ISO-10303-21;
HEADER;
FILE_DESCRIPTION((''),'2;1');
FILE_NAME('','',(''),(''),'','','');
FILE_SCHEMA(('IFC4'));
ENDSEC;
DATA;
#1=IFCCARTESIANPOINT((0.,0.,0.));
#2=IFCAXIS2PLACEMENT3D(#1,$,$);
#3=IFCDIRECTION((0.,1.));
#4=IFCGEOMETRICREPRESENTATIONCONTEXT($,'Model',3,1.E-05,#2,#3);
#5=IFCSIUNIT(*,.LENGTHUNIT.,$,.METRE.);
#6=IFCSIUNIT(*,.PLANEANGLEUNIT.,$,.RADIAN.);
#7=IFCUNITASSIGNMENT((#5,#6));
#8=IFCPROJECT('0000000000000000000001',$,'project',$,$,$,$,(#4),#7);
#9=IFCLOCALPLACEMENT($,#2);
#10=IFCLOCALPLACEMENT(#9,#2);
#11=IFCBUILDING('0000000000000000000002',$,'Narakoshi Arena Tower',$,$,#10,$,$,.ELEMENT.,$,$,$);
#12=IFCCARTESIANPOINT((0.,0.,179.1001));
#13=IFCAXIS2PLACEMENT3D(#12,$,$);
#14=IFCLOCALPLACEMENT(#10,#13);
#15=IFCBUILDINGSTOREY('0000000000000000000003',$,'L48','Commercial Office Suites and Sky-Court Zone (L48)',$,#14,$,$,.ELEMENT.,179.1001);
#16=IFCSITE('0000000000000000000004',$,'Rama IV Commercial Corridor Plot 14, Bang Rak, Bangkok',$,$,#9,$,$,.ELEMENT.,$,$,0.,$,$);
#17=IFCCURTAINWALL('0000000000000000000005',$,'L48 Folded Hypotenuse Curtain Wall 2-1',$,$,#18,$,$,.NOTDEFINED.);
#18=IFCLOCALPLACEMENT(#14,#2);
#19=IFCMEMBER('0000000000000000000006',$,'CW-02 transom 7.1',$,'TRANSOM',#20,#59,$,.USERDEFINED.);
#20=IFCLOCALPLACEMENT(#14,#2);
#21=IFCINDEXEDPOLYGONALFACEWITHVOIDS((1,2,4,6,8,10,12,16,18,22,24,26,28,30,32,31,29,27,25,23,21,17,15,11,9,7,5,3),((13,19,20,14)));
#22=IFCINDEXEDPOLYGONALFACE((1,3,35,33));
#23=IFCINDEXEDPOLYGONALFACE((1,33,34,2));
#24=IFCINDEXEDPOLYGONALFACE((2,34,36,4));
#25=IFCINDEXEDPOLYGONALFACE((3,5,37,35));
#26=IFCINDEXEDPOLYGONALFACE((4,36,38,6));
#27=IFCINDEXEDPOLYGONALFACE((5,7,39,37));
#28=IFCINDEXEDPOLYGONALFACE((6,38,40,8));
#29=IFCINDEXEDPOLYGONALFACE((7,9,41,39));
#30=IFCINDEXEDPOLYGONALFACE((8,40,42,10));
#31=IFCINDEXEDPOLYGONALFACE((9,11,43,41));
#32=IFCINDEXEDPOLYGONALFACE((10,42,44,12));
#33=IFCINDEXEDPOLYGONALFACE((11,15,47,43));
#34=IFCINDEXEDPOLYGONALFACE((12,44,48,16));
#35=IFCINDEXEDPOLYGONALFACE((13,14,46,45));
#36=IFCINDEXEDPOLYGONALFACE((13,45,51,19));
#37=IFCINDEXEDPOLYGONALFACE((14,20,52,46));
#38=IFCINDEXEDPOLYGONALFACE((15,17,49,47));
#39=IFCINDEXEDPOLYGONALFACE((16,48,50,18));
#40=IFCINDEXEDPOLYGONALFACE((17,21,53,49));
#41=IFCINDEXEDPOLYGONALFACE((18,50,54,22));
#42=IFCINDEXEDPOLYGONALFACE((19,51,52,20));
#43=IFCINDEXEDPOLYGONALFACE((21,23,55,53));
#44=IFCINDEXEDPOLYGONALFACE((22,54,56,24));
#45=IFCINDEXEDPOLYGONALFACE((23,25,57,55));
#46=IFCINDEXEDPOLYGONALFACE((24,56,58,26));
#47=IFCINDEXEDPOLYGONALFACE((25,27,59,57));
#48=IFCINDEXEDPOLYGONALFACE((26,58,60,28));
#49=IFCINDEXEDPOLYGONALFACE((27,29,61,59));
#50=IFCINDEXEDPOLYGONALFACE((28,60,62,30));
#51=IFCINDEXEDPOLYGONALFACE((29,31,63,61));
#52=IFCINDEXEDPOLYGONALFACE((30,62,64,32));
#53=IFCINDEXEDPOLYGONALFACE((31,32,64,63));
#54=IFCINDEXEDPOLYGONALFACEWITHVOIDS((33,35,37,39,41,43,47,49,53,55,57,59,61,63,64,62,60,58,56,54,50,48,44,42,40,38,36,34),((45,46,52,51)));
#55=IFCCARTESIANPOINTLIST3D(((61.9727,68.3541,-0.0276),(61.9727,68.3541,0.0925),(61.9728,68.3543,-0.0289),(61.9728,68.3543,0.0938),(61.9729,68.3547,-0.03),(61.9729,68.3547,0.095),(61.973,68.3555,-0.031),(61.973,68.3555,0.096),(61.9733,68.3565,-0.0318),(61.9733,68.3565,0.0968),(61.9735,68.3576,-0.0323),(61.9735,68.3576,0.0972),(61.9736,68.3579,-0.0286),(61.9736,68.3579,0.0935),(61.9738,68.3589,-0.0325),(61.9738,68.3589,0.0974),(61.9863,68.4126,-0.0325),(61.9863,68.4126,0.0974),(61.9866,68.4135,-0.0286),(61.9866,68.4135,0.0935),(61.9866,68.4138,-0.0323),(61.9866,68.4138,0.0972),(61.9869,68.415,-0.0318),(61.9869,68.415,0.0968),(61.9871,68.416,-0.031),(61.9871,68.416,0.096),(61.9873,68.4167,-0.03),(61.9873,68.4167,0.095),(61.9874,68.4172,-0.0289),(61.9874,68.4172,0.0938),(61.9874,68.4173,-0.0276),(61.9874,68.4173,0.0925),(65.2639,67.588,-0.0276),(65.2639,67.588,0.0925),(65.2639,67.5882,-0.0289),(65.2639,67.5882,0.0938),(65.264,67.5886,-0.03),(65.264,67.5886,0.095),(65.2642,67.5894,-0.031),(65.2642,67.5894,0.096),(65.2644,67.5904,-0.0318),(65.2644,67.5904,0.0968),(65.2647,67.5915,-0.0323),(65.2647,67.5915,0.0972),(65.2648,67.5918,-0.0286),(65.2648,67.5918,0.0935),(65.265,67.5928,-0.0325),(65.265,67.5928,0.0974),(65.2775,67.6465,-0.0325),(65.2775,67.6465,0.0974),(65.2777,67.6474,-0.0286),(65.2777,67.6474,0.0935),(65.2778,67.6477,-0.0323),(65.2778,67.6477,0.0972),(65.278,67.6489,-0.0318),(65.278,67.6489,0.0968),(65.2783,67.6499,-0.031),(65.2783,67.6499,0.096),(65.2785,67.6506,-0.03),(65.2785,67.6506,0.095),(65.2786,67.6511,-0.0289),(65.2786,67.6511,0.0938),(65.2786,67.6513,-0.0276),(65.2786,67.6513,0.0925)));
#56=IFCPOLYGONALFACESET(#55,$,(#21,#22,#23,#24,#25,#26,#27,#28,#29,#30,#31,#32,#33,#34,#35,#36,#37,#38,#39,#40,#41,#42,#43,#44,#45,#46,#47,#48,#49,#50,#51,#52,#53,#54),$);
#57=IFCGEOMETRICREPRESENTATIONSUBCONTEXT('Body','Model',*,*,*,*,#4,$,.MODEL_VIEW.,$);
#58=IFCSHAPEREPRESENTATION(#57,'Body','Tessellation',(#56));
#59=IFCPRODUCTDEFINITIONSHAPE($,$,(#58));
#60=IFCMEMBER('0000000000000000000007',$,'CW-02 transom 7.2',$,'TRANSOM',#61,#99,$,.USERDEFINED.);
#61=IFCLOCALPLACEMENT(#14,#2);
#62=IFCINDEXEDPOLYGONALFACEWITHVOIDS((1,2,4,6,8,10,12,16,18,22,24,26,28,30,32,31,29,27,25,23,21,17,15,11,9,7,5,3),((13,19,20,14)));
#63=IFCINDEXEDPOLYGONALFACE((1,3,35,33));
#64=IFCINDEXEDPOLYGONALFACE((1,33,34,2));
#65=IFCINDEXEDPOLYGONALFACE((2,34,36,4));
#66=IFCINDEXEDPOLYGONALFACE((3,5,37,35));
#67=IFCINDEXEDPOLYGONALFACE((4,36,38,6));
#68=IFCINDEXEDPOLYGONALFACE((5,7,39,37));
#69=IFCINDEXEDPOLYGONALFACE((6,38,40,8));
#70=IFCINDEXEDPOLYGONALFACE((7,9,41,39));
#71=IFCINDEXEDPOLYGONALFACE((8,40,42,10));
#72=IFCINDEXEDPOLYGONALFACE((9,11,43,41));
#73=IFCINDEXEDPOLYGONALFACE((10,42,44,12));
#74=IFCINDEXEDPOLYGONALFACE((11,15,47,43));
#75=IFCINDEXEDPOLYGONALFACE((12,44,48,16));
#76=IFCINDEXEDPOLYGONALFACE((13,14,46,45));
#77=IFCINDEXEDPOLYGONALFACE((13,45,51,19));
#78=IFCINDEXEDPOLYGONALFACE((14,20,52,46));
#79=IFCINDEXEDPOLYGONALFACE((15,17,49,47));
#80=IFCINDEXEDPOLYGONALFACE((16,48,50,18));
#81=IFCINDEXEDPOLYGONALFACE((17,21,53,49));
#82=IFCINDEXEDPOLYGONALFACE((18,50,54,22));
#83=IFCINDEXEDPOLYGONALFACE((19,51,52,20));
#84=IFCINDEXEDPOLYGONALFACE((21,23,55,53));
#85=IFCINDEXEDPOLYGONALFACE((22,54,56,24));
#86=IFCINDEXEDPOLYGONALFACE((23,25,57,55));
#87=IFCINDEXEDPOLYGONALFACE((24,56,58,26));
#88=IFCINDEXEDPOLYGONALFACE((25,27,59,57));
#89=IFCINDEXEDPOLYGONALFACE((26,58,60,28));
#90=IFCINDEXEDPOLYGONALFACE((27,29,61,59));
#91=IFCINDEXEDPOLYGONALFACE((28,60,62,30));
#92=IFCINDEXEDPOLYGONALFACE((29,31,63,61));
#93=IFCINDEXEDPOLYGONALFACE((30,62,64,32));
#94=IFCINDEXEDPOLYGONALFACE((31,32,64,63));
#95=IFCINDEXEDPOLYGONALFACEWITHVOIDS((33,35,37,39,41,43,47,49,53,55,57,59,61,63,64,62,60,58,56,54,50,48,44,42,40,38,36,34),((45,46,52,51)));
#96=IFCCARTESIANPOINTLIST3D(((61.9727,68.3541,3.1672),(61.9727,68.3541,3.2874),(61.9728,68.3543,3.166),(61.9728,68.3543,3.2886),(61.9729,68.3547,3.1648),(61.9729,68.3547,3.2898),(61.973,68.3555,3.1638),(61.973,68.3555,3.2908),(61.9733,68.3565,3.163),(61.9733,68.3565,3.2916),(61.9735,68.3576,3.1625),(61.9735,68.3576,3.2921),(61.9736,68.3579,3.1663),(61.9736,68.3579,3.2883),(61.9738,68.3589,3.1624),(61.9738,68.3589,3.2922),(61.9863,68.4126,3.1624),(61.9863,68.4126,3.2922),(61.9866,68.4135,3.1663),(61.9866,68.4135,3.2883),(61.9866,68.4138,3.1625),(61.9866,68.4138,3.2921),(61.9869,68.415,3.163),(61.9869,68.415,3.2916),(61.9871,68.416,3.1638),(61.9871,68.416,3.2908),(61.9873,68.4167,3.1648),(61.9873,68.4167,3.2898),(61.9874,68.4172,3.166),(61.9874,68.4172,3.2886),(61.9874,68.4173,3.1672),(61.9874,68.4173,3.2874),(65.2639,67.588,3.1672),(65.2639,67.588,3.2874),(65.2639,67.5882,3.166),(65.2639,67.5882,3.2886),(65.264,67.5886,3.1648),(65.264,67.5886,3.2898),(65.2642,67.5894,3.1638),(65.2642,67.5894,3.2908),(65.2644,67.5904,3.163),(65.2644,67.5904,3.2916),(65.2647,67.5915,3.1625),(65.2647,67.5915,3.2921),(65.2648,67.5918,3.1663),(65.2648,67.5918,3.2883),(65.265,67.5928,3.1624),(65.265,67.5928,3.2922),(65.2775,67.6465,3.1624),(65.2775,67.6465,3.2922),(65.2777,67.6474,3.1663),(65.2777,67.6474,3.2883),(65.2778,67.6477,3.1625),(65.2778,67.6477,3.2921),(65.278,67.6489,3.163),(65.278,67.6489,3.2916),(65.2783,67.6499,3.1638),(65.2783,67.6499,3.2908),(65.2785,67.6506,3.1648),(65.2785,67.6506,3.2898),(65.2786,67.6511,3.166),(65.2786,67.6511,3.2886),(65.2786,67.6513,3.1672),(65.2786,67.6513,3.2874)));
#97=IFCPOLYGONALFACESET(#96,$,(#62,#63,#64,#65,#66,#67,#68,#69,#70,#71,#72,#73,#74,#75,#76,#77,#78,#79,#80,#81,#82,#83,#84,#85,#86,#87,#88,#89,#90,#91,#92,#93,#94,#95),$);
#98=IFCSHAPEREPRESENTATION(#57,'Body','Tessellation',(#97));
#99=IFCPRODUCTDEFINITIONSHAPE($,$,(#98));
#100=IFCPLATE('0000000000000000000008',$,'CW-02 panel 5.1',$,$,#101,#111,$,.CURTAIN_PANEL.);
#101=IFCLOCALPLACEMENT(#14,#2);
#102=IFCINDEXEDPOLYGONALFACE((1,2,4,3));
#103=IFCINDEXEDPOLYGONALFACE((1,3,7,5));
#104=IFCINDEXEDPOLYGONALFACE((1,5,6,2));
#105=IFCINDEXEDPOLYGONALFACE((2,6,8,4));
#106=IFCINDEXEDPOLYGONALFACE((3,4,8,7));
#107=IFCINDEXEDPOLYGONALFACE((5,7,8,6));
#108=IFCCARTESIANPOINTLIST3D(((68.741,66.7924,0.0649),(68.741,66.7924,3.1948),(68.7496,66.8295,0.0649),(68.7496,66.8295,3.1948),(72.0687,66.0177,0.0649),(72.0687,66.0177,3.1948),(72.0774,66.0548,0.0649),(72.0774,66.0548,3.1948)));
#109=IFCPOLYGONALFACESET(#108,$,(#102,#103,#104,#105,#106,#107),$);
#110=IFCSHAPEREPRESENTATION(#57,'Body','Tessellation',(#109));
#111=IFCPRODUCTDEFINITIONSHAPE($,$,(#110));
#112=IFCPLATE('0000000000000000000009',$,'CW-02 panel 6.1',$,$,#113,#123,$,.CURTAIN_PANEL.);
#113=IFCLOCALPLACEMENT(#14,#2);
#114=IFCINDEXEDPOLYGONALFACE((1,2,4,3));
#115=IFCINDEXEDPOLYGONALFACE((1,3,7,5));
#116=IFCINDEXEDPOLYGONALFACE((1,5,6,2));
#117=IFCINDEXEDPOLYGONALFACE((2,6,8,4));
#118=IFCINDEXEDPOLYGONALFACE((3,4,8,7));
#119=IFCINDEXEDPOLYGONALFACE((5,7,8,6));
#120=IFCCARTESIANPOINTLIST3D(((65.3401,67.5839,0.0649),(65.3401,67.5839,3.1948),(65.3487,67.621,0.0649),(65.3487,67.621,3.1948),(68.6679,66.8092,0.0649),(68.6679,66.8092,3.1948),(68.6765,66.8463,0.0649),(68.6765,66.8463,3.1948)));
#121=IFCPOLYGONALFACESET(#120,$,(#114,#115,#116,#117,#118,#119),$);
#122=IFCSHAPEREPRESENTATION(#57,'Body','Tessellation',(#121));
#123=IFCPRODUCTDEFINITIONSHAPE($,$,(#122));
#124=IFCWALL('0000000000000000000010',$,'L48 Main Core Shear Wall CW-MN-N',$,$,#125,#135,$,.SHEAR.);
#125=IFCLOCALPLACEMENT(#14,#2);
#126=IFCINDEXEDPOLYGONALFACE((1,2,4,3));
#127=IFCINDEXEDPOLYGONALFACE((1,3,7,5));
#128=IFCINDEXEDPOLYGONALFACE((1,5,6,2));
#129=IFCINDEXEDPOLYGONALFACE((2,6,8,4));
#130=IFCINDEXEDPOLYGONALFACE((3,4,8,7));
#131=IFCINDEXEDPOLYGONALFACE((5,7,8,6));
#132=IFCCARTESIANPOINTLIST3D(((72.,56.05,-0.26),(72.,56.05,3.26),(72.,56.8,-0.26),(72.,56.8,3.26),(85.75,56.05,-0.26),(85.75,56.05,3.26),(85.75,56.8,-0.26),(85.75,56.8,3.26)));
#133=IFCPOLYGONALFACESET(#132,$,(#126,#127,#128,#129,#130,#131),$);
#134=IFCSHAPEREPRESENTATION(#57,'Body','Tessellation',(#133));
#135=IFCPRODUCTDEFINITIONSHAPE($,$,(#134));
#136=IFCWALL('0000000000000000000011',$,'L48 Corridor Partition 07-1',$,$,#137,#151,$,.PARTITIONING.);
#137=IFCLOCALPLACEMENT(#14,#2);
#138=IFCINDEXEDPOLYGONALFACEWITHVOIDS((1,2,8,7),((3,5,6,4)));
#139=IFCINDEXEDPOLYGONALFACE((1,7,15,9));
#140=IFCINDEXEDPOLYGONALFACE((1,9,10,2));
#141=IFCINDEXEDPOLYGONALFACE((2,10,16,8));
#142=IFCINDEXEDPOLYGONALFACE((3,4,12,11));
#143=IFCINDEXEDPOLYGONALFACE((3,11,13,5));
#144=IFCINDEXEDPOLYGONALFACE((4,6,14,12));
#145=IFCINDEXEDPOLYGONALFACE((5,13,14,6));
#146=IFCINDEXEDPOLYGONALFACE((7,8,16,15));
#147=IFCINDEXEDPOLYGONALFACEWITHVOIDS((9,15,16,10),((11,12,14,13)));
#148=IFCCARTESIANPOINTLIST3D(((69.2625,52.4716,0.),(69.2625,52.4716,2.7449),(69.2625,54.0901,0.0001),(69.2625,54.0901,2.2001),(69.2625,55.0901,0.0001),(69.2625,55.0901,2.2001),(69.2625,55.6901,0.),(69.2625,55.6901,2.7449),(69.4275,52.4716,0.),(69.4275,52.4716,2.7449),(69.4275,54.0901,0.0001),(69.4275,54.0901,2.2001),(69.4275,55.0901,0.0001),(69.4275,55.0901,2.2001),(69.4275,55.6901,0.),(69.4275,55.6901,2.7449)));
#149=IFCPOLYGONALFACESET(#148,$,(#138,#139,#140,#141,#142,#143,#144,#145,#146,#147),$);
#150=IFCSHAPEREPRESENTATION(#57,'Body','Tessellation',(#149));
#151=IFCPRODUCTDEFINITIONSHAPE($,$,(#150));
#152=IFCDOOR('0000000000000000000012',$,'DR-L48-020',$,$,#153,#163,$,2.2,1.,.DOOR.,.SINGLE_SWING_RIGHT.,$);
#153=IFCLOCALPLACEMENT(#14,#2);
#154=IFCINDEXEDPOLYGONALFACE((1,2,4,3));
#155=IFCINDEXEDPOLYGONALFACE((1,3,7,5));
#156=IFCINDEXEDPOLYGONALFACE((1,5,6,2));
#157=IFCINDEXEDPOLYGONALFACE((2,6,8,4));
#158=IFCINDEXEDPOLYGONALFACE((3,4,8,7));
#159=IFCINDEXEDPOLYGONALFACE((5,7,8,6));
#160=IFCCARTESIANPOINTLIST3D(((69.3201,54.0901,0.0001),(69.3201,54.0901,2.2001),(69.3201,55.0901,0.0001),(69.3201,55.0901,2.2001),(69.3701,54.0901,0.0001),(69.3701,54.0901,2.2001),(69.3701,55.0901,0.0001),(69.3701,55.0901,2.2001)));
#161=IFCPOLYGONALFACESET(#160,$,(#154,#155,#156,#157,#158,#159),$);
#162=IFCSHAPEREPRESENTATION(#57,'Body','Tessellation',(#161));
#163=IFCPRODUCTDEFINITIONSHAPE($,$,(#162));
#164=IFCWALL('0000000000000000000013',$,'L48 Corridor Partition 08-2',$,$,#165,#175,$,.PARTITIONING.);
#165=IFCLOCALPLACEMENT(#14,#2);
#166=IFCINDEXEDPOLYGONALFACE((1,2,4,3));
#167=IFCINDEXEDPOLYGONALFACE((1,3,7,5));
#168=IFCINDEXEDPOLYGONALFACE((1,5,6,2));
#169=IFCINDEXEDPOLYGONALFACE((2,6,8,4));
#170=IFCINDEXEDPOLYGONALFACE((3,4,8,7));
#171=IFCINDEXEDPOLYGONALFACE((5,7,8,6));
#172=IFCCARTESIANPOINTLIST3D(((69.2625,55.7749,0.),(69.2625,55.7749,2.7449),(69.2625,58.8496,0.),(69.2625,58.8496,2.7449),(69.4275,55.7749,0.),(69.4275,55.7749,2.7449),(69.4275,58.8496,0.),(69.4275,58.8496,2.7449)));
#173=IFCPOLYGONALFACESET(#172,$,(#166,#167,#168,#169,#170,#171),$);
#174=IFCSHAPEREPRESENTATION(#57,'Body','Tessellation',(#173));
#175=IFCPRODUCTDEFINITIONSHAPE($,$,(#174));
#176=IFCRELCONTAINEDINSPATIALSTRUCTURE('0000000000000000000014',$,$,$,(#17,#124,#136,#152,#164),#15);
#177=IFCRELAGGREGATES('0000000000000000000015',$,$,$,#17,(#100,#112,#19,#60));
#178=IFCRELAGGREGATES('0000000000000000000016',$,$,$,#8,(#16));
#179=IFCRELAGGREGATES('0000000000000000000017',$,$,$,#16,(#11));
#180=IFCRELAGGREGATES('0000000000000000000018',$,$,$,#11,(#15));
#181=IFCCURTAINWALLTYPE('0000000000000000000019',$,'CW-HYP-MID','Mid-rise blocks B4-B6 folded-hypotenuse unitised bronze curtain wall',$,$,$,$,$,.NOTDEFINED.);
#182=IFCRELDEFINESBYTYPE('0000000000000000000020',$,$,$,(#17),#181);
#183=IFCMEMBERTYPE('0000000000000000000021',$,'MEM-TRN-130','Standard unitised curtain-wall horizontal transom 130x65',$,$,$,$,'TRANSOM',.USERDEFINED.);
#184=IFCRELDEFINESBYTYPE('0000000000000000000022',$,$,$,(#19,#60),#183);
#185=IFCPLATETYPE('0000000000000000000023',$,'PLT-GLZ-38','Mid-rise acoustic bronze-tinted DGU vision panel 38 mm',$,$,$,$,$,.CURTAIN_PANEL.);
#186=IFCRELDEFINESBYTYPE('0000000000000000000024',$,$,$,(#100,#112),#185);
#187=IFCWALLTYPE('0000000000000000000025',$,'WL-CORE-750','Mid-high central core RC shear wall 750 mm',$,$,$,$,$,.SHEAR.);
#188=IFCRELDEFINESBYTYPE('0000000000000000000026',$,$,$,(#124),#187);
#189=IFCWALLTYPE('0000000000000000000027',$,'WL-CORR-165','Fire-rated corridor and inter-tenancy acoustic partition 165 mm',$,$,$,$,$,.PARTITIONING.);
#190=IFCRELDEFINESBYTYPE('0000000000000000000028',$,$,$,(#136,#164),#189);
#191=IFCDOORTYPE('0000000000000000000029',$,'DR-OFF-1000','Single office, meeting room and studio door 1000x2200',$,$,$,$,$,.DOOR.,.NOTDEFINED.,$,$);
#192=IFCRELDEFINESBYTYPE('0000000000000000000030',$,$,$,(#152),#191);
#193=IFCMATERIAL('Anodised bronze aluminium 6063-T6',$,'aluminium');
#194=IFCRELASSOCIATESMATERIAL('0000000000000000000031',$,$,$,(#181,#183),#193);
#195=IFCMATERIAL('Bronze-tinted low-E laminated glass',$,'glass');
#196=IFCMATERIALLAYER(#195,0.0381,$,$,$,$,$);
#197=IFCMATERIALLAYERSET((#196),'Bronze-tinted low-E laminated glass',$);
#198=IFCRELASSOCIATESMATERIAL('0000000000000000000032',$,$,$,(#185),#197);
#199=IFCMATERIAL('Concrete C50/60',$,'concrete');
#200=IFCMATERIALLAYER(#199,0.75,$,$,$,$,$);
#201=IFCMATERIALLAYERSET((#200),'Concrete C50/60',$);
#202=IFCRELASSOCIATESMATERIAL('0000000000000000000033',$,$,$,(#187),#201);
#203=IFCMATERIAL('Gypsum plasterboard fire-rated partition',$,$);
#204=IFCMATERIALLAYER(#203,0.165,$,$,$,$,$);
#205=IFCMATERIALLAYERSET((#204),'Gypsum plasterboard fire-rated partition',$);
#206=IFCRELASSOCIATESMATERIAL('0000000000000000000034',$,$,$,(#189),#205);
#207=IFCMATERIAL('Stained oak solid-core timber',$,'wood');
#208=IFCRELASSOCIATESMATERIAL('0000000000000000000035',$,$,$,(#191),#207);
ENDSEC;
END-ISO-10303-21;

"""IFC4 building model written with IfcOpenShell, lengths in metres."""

from ifc_helpers import new_model, si_unit, direction, frame, frame_2d, origin, origin_2d, place, context, subcontext, project, spatial, rectangle, hollow_rectangle, extrude, material, layer, layer_set, material_profile, profile_set, type_object, element, fill, aggregate, save


model = new_model("IFC4")

# Units and contexts
model_context = context("Model", 3, precision=1e-05, world=origin(), true_north=direction((0.0, 1.0)))
body_context = subcontext(model_context, "Body", "Model", "MODEL_VIEW")
ifc_project = project(units=[si_unit("LENGTHUNIT", "METRE"), si_unit("PLANEANGLEUNIT", "RADIAN")], contexts=[model_context])

# Site, building, storey
site_placement = place(None, origin())
site = spatial("IfcSite", under=ifc_project, at=site_placement, Name="Rama IV Commercial Corridor Plot 14, Bang Rak, Bangkok", CompositionType="ELEMENT", RefElevation=0.0)
building_placement = place(site_placement, origin())
building = spatial("IfcBuilding", under=site, at=building_placement, Name="Narakoshi Arena Tower", CompositionType="ELEMENT")
storey_placement = place(building_placement, frame((0.0, 0.0, 179.1001)))
storey = spatial("IfcBuildingStorey", under=building, at=storey_placement, Name="L48", Description="Commercial Office Suites and Sky-Court Zone (L48)", CompositionType="ELEMENT", Elevation=179.1001)

# Curtain wall, members, plates
ifc_material_1 = material(Name="Anodised bronze aluminium 6063-T6", Category="aluminium")
curtain_wall_type = type_object("IfcCurtainWallType", Name="CW-HYP-MID", Description="Mid-rise blocks B4-B6 folded-hypotenuse unitised bronze curtain wall", PredefinedType="NOTDEFINED", material=ifc_material_1)
curtain_wall_placement = place(storey_placement, origin())
curtain_wall = element("IfcCurtainWall", 1, at=curtain_wall_placement, inside=storey, type_object=curtain_wall_type, Name="L48 Folded Hypotenuse Curtain Wall 2-1", PredefinedType="NOTDEFINED")
ifc_material_profile_1 = material_profile(ifc_material_1, hollow_rectangle(XDim=0.0649, YDim=0.1299, WallThickness=0.0039, OuterFilletRadius=0.0049, at=origin_2d()), Name="TRN130x65x4")
ifc_profile_set_1 = profile_set([ifc_material_profile_1], Name="Anodised bronze aluminium 6063-T6")
member_type_1 = type_object("IfcMemberType", Name="MEM-TRN-130", Description="Standard unitised curtain-wall horizontal transom 130x65", ElementType="TRANSOM", PredefinedType="USERDEFINED", material=ifc_profile_set_1)
member_1_placement = place(storey_placement, frame((65.2712, 67.6196, 0.0325), z_axis=(-0.973962, 0.226711, 0.0), x_axis=(-0.226711, -0.973962, 0.0)))
member_1 = element("IfcMember", 2, at=member_1_placement, type_object=member_type_1, Name="CW-02 transom 7.1", ObjectType="TRANSOM", PredefinedType="USERDEFINED", context=body_context, shape_type="SweptSolid", body=[
    extrude(hollow_rectangle(XDim=0.0649, YDim=0.1299, WallThickness=0.0039, OuterFilletRadius=0.0049, at=origin_2d()), origin(), (0.0, 0.0, 1.0), 3.3792),
])
member_2_placement = place(storey_placement, frame((65.2712, 67.6196, 3.2273), z_axis=(-0.973962, 0.226711, 0.0), x_axis=(-0.226711, -0.973962, 0.0)))
member_2 = element("IfcMember", 3, at=member_2_placement, type_object=member_type_1, Name="CW-02 transom 7.2", ObjectType="TRANSOM", PredefinedType="USERDEFINED", context=body_context, shape_type="SweptSolid", body=[
    extrude(hollow_rectangle(XDim=0.0649, YDim=0.1299, WallThickness=0.0039, OuterFilletRadius=0.0049, at=origin_2d()), origin(), (0.0, 0.0, 1.0), 3.3792),
])
ifc_material_2 = material(Name="Bronze-tinted low-E laminated glass", Category="glass")
ifc_layer_1 = layer(ifc_material_2, 0.0381)
ifc_layer_set_1 = layer_set([ifc_layer_1], Name="Bronze-tinted low-E laminated glass")
plate_type = type_object("IfcPlateType", Name="PLT-GLZ-38", Description="Mid-rise acoustic bronze-tinted DGU vision panel 38 mm", PredefinedType="CURTAIN_PANEL", material=ifc_layer_set_1)
plate_1_placement = place(storey_placement, frame((70.4092, 66.4236, 0.0649), z_axis=(0.0, 0.0, 1.0), x_axis=(-0.97396, 0.226721, 0.0)))
plate_1 = element("IfcPlate", 4, at=plate_1_placement, type_object=plate_type, Name="CW-02 panel 5.1", PredefinedType="CURTAIN_PANEL", context=body_context, shape_type="SweptSolid", body=[
    extrude(rectangle(XDim=3.4167, YDim=0.0381, at=origin_2d()), origin(), (0.0, 0.0, 1.0), 3.1299),
])
plate_2_placement = place(storey_placement, frame((67.0083, 67.2151, 0.0649), z_axis=(0.0, 0.0, 1.0), x_axis=(-0.97396, 0.226721, 0.0)))
plate_2 = element("IfcPlate", 5, at=plate_2_placement, type_object=plate_type, Name="CW-02 panel 6.1", PredefinedType="CURTAIN_PANEL", context=body_context, shape_type="SweptSolid", body=[
    extrude(rectangle(XDim=3.4167, YDim=0.0381, at=origin_2d()), origin(), (0.0, 0.0, 1.0), 3.1299),
])
aggregate(curtain_wall, [plate_1, plate_2, member_1, member_2])

# Wall
ifc_material_3 = material(Name="Concrete C50/60", Category="concrete")
ifc_layer_2 = layer(ifc_material_3, 0.75)
ifc_layer_set_2 = layer_set([ifc_layer_2], Name="Concrete C50/60")
wall_type_1 = type_object("IfcWallType", Name="WL-CORE-750", Description="Mid-high central core RC shear wall 750 mm", PredefinedType="SHEAR", material=ifc_layer_set_2)
wall_1_placement = place(storey_placement, frame((72.0, 56.425, -0.26), z_axis=(0.0, 0.0, 1.0), x_axis=(1.0, 0.0, 0.0)))
element("IfcWall", 6, at=wall_1_placement, inside=storey, type_object=wall_type_1, Name="L48 Main Core Shear Wall CW-MN-N", PredefinedType="SHEAR", context=body_context, shape_type="SweptSolid", body=[
    extrude(rectangle(XDim=13.75, YDim=0.75, at=frame_2d((6.875, 0.0))), origin(), (0.0, 0.0, 1.0), 3.52),
])

# Wall, opening, door
ifc_material_4 = material(Name="Gypsum plasterboard fire-rated partition")
ifc_layer_3 = layer(ifc_material_4, 0.165)
ifc_layer_set_3 = layer_set([ifc_layer_3], Name="Gypsum plasterboard fire-rated partition")
wall_type_2 = type_object("IfcWallType", Name="WL-CORR-165", Description="Fire-rated corridor and inter-tenancy acoustic partition 165 mm", PredefinedType="PARTITIONING", material=ifc_layer_set_3)
wall_2_placement = place(storey_placement, frame((69.345, 55.6902, 0.0), z_axis=(0.0, 0.0, 1.0), x_axis=(0.0, -1.0, 0.0)))
wall_2 = element("IfcWall", 7, at=wall_2_placement, inside=storey, type_object=wall_type_2, Name="L48 Corridor Partition 07-1", PredefinedType="PARTITIONING", context=body_context, shape_type="SweptSolid", body=[
    extrude(rectangle(XDim=3.2185, YDim=0.165, at=frame_2d((1.6094, 0.0))), origin(), (0.0, 0.0, 1.0), 2.7449),
])
opening_1_placement = place(wall_2_placement, frame((0.6001, 0.0, 0.0)))
opening_1 = element("IfcOpeningElement", 8, at=opening_1_placement, cuts=wall_2, PredefinedType="OPENING", context=body_context, shape_type="SweptSolid", body=[
    extrude(rectangle(XDim=1.0, YDim=2.2, at=frame_2d((0.5, 1.1001))), frame((0.0, 0.0925, 0.0), z_axis=(0.0, -1.0, 0.0), x_axis=(1.0, 0.0, 0.0)), (0.0, 0.0, 1.0), 0.1851),
])
ifc_material_5 = material(Name="Stained oak solid-core timber", Category="wood")
door_type_1 = type_object("IfcDoorType", Name="DR-OFF-1000", Description="Single office, meeting room and studio door 1000x2200", OperationType="NOTDEFINED", PredefinedType="DOOR", material=ifc_material_5)
door_1_placement = place(opening_1_placement, frame((1.0, 0.0, 0.0), z_axis=(0.0, 0.0, 1.0), x_axis=(-1.0, 0.0, 0.0)))
door_1 = element("IfcDoor", 9, at=door_1_placement, inside=storey, type_object=door_type_1, Name="DR-L48-020", OperationType="SINGLE_SWING_RIGHT", OverallHeight=2.2, OverallWidth=1.0, PredefinedType="DOOR", context=body_context, shape_type="SweptSolid", body=[
    extrude(rectangle(XDim=1.0, YDim=2.2, at=frame_2d((0.5, 1.1001))), frame((0.0, 0.0249, 0.0), z_axis=(0.0, -1.0, 0.0), x_axis=(1.0, 0.0, 0.0)), (0.0, 0.0, 1.0), 0.05),
])
fill(opening_1, door_1)

# Wall
wall_3_placement = place(storey_placement, frame((69.345, 58.8496, 0.0), z_axis=(0.0, 0.0, 1.0), x_axis=(0.0, -1.0, 0.0)))
element("IfcWall", 10, at=wall_3_placement, inside=storey, type_object=wall_type_2, Name="L48 Corridor Partition 08-2", PredefinedType="PARTITIONING", context=body_context, shape_type="SweptSolid", body=[
    extrude(rectangle(XDim=3.0747, YDim=0.165, at=frame_2d((1.5374, 0.0))), origin(), (0.0, 0.0, 1.0), 2.7449),
])

save(model, "model.ifc")
